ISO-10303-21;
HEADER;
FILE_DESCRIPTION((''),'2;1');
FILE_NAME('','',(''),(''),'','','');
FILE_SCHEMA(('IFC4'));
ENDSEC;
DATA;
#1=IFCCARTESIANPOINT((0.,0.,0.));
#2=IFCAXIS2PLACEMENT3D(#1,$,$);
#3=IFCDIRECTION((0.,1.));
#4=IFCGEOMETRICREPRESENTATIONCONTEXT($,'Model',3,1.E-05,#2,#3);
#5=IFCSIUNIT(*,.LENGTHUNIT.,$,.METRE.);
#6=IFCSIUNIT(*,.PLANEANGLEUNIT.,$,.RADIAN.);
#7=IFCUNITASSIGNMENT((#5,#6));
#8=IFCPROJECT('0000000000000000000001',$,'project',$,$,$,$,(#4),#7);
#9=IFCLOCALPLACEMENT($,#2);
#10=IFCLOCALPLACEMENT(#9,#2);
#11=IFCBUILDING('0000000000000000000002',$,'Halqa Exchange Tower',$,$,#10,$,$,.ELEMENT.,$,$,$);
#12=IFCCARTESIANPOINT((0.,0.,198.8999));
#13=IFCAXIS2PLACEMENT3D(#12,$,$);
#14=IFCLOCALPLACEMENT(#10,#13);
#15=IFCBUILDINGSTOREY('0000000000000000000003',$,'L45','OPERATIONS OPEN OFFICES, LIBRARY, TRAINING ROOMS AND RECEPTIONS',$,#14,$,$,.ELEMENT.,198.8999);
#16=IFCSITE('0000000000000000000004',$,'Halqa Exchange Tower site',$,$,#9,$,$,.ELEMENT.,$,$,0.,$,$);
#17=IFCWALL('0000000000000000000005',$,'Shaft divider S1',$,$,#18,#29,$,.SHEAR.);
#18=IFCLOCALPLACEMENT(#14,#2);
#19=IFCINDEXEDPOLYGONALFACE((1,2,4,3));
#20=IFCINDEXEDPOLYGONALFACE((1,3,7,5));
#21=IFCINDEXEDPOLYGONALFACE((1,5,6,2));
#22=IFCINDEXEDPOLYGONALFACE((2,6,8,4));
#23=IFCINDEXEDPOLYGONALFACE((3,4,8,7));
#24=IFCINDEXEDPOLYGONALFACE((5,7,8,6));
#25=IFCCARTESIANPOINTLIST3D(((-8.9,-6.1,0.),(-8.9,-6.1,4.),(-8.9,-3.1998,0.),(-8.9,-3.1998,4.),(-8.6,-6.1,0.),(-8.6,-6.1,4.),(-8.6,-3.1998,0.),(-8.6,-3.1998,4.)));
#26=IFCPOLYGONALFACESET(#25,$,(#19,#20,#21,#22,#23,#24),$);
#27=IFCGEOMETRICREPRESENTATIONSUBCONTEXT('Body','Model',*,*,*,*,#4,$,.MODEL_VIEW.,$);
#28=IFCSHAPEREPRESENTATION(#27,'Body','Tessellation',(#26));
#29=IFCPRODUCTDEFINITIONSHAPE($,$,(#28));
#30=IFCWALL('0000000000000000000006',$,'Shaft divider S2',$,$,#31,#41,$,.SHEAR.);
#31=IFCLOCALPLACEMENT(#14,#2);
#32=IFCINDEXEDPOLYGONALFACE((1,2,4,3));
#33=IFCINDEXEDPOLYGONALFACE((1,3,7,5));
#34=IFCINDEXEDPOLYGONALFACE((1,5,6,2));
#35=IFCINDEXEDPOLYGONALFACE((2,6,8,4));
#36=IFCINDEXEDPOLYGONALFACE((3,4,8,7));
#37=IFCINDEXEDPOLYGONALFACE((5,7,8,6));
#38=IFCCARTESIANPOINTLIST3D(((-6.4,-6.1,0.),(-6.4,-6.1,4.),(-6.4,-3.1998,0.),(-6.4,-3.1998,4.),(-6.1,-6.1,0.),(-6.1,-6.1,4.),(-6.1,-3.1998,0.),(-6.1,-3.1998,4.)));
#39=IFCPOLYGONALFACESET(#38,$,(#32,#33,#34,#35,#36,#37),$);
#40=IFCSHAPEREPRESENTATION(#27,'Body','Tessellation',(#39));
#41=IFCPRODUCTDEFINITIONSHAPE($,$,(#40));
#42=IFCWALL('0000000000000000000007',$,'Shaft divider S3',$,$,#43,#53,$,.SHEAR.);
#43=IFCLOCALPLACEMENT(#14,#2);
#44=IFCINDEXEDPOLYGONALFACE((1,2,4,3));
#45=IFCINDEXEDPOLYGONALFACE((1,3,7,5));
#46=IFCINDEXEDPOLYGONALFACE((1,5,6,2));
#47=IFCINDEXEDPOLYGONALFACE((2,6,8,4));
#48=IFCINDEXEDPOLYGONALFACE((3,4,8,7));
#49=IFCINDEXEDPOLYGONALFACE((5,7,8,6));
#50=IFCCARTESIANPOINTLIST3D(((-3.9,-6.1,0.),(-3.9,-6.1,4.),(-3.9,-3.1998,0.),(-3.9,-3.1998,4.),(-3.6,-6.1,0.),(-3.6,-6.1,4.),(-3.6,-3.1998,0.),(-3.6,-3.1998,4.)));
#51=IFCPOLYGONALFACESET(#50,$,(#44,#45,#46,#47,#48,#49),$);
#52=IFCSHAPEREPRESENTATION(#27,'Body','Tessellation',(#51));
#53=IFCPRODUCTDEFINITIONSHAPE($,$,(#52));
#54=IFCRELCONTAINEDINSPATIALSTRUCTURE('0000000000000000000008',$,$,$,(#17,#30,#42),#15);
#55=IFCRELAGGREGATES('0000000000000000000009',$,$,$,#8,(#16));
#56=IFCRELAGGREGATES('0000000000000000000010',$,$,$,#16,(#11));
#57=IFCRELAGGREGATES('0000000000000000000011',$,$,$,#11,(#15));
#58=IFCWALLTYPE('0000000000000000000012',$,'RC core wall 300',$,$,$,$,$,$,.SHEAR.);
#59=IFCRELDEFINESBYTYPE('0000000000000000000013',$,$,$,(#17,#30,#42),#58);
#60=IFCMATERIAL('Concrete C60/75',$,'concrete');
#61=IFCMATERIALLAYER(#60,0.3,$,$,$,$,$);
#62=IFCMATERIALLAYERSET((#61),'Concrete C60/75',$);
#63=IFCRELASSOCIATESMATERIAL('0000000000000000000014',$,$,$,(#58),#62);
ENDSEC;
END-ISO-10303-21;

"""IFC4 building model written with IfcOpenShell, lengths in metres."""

from ifc_helpers import new_model, si_unit, direction, frame, frame_2d, origin, place, context, subcontext, project, spatial, rectangle, extrude, material, layer, layer_set, type_object, element, save


model = new_model("IFC4")

# Units and contexts
model_context = context("Model", 3, precision=1e-05, world=origin(), true_north=direction((0.0, 1.0)))
body_context = subcontext(model_context, "Body", "Model", "MODEL_VIEW")
ifc_project = project(units=[si_unit("LENGTHUNIT", "METRE"), si_unit("PLANEANGLEUNIT", "RADIAN")], contexts=[model_context])

# Site, building, storey
site_placement = place(None, origin())
site = spatial("IfcSite", under=ifc_project, at=site_placement, Name="Halqa Exchange Tower site", CompositionType="ELEMENT", RefElevation=0.0)
building_placement = place(site_placement, origin())
building = spatial("IfcBuilding", under=site, at=building_placement, Name="Halqa Exchange Tower", CompositionType="ELEMENT")
storey_placement = place(building_placement, frame((0.0, 0.0, 198.8999)))
storey = spatial("IfcBuildingStorey", under=building, at=storey_placement, Name="L45", Description="OPERATIONS OPEN OFFICES, LIBRARY, TRAINING ROOMS AND RECEPTIONS", CompositionType="ELEMENT", Elevation=198.8999)

# Walls
ifc_material_1 = material(Name="Concrete C60/75", Category="concrete")
ifc_layer_1 = layer(ifc_material_1, 0.3)
ifc_layer_set_1 = layer_set([ifc_layer_1], Name="Concrete C60/75")
wall_type_1 = type_object("IfcWallType", Name="RC core wall 300", PredefinedType="SHEAR", material=ifc_layer_set_1)
for number, where, z_axis, x_axis, name in (
    (1, (-8.75, -6.1001, 0.0), (0.0, 0.0, 1.0), (0.0, 1.0, 0.0), "Shaft divider S1"),
    (2, (-6.25, -6.1001, 0.0), (0.0, 0.0, 1.0), (0.0, 1.0, 0.0), "Shaft divider S2"),
    (3, (-3.75, -6.1001, 0.0), (0.0, 0.0, 1.0), (0.0, 1.0, 0.0), "Shaft divider S3"),
):
    element("IfcWall", number, at=place(storey_placement, frame(where, z_axis=z_axis, x_axis=x_axis)), inside=storey, type_object=wall_type_1, Name=name, PredefinedType="SHEAR", context=body_context, shape_type="SweptSolid", body=[
        extrude(rectangle(XDim=2.9001, YDim=0.3, at=frame_2d((1.4502, 0.0))), origin(), (0.0, 0.0, 1.0), 4.0),
    ])

save(model, "model.ifc")
